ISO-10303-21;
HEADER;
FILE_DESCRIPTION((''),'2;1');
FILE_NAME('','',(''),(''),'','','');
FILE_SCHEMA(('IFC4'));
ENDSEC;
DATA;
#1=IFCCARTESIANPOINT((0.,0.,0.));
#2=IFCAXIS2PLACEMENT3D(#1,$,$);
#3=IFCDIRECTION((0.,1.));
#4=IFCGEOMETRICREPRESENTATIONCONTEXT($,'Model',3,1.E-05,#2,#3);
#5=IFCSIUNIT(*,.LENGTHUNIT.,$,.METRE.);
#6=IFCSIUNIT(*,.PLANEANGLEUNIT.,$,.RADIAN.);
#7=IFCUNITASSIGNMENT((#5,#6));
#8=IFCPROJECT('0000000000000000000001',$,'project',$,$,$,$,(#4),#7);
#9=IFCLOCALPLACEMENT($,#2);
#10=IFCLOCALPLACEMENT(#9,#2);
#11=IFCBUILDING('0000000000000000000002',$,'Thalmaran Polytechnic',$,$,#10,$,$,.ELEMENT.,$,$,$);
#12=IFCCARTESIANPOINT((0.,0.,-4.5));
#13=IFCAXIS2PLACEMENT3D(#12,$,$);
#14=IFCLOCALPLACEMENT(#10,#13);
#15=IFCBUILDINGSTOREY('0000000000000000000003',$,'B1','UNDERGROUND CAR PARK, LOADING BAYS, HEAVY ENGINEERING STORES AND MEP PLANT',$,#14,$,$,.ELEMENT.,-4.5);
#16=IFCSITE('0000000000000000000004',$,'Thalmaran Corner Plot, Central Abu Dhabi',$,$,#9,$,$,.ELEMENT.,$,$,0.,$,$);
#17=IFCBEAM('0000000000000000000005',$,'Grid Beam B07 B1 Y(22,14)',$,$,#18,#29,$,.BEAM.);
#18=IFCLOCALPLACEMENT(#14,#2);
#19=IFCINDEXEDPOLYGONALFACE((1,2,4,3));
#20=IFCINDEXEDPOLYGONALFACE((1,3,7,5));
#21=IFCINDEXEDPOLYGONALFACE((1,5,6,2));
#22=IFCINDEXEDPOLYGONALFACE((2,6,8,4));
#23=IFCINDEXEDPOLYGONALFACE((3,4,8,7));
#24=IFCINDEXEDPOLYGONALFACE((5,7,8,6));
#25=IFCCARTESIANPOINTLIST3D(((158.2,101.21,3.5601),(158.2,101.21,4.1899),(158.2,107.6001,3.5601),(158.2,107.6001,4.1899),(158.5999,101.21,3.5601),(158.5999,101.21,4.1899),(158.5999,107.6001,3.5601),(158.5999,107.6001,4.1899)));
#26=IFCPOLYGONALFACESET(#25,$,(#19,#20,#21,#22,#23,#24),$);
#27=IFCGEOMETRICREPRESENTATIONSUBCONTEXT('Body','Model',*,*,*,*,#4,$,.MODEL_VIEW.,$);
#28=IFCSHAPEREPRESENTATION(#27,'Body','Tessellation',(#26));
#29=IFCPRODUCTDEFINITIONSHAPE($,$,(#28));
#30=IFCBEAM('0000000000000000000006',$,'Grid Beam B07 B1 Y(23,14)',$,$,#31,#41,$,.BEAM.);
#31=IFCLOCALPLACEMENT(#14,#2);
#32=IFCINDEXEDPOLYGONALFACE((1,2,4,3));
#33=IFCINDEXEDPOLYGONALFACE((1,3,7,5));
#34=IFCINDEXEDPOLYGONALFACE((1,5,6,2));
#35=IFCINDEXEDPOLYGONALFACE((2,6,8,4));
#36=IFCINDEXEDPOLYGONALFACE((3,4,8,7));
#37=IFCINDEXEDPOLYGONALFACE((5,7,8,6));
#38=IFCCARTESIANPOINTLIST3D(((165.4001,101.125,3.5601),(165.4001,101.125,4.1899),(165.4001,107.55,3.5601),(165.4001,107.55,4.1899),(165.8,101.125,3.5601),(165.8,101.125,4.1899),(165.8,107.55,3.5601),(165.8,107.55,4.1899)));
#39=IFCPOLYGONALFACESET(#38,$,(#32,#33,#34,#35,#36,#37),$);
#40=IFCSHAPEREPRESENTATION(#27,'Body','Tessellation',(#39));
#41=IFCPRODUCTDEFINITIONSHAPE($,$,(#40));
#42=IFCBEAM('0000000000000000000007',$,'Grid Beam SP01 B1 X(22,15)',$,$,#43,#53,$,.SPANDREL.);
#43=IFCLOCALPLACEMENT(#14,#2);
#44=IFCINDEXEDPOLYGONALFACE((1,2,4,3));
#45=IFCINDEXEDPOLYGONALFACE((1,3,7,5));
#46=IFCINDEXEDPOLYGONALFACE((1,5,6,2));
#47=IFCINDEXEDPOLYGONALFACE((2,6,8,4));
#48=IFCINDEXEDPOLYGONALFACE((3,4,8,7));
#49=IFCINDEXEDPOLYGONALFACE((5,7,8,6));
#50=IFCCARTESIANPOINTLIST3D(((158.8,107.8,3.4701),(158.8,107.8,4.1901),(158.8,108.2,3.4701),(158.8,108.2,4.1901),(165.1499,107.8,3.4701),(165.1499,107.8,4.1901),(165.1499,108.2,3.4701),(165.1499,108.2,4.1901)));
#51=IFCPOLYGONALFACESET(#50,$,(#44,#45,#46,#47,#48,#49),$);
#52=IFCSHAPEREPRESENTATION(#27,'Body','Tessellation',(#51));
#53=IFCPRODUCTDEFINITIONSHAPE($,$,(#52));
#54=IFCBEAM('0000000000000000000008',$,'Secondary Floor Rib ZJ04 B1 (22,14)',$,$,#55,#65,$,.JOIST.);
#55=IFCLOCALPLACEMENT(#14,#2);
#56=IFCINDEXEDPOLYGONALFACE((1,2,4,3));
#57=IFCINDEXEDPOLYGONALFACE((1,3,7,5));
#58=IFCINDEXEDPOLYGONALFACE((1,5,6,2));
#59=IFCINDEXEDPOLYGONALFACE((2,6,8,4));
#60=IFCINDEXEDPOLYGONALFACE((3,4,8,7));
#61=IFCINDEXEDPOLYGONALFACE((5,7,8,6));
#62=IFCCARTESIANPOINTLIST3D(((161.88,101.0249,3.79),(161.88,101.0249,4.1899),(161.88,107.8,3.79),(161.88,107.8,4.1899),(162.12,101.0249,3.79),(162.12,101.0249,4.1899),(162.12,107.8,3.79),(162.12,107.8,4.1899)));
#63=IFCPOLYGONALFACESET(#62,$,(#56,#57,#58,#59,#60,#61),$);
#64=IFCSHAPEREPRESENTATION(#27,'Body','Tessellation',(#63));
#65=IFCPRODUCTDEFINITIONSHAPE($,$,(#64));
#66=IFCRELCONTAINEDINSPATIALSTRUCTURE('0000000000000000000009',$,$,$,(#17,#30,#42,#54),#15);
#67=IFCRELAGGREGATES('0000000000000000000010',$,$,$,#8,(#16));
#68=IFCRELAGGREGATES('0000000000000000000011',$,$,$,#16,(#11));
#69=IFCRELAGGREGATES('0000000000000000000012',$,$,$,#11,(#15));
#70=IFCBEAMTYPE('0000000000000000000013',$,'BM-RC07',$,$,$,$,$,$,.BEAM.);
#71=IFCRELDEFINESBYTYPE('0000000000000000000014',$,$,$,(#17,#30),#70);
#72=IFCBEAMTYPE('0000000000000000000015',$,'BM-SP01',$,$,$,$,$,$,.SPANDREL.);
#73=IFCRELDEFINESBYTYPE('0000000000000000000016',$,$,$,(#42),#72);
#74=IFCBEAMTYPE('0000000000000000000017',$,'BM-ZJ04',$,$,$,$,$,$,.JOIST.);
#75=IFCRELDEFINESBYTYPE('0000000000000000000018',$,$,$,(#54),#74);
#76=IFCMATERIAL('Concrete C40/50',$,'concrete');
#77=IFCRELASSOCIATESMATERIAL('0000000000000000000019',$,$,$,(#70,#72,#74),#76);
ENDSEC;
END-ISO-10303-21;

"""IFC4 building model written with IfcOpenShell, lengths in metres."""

from ifc_helpers import new_model, si_unit, direction, frame, origin, origin_2d, place, context, subcontext, project, spatial, rectangle, extrude, material, material_profile, profile_set, type_object, element, save


model = new_model("IFC4")

# Units and contexts
model_context = context("Model", 3, precision=1e-05, world=origin(), true_north=direction((0.0, 1.0)))
body_context = subcontext(model_context, "Body", "Model", "MODEL_VIEW")
ifc_project = project(units=[si_unit("LENGTHUNIT", "METRE"), si_unit("PLANEANGLEUNIT", "RADIAN")], contexts=[model_context])

# Site, building, storey
site_placement = place(None, origin())
site = spatial("IfcSite", under=ifc_project, at=site_placement, Name="Thalmaran Corner Plot, Central Abu Dhabi", CompositionType="ELEMENT", RefElevation=0.0)
building_placement = place(site_placement, origin())
building = spatial("IfcBuilding", under=site, at=building_placement, Name="Thalmaran Polytechnic", CompositionType="ELEMENT")
storey_placement = place(building_placement, frame((0.0, 0.0, -4.5)))
storey = spatial("IfcBuildingStorey", under=building, at=storey_placement, Name="B1", Description="UNDERGROUND CAR PARK, LOADING BAYS, HEAVY ENGINEERING STORES AND MEP PLANT", CompositionType="ELEMENT", Elevation=-4.5)

# Shared definitions
ifc_material_1 = material(Name="Concrete C40/50", Category="concrete")

# Beams
ifc_material_profile_1 = material_profile(ifc_material_1, rectangle(XDim=0.3999, YDim=0.6299, at=origin_2d()), Name="RC 400x630")
ifc_profile_set_1 = profile_set([ifc_material_profile_1], Name="Concrete C40/50")
beam_type_1 = type_object("IfcBeamType", Name="BM-RC07", PredefinedType="BEAM", material=ifc_profile_set_1)
beam_1_placement = place(storey_placement, frame((158.3999, 101.21, 3.875), z_axis=(0.0, 1.0, 0.0), x_axis=(-1.0, 0.0, 0.0)))
element("IfcBeam", 1, at=beam_1_placement, inside=storey, type_object=beam_type_1, Name="Grid Beam B07 B1 Y(22,14)", PredefinedType="BEAM", context=body_context, shape_type="SweptSolid", body=[
    extrude(rectangle(XDim=0.3999, YDim=0.6299, at=origin_2d()), origin(), (0.0, 0.0, 1.0), 6.3901),
])
beam_2_placement = place(storey_placement, frame((165.6001, 101.125, 3.875), z_axis=(0.0, 1.0, 0.0), x_axis=(-1.0, 0.0, 0.0)))
element("IfcBeam", 2, at=beam_2_placement, inside=storey, type_object=beam_type_1, Name="Grid Beam B07 B1 Y(23,14)", PredefinedType="BEAM", context=body_context, shape_type="SweptSolid", body=[
    extrude(rectangle(XDim=0.3999, YDim=0.6299, at=origin_2d()), origin(), (0.0, 0.0, 1.0), 6.425),
])
ifc_material_profile_2 = material_profile(ifc_material_1, rectangle(XDim=0.3999, YDim=0.72, at=origin_2d()), Name="RC 400x720")
ifc_profile_set_2 = profile_set([ifc_material_profile_2], Name="Concrete C40/50")
beam_type_2 = type_object("IfcBeamType", Name="BM-SP01", PredefinedType="SPANDREL", material=ifc_profile_set_2)
beam_3_placement = place(storey_placement, frame((158.8, 108.0, 3.8301), z_axis=(1.0, 0.0, 0.0), x_axis=(0.0, 1.0, 0.0)))
element("IfcBeam", 3, at=beam_3_placement, inside=storey, type_object=beam_type_2, Name="Grid Beam SP01 B1 X(22,15)", PredefinedType="SPANDREL", context=body_context, shape_type="SweptSolid", body=[
    extrude(rectangle(XDim=0.3999, YDim=0.72, at=origin_2d()), origin(), (0.0, 0.0, 1.0), 6.3499),
])
ifc_material_profile_3 = material_profile(ifc_material_1, rectangle(XDim=0.24, YDim=0.3999, at=origin_2d()), Name="RC 240x400")
ifc_profile_set_3 = profile_set([ifc_material_profile_3], Name="Concrete C40/50")
beam_type_3 = type_object("IfcBeamType", Name="BM-ZJ04", PredefinedType="JOIST", material=ifc_profile_set_3)
beam_4_placement = place(storey_placement, frame((162.0, 101.0249, 3.99), z_axis=(0.0, 1.0, 0.0), x_axis=(-1.0, 0.0, 0.0)))
element("IfcBeam", 4, at=beam_4_placement, inside=storey, type_object=beam_type_3, Name="Secondary Floor Rib ZJ04 B1 (22,14)", PredefinedType="JOIST", context=body_context, shape_type="SweptSolid", body=[
    extrude(rectangle(XDim=0.24, YDim=0.3999, at=origin_2d()), origin(), (0.0, 0.0, 1.0), 6.7751),
])

save(model, "model.ifc")
